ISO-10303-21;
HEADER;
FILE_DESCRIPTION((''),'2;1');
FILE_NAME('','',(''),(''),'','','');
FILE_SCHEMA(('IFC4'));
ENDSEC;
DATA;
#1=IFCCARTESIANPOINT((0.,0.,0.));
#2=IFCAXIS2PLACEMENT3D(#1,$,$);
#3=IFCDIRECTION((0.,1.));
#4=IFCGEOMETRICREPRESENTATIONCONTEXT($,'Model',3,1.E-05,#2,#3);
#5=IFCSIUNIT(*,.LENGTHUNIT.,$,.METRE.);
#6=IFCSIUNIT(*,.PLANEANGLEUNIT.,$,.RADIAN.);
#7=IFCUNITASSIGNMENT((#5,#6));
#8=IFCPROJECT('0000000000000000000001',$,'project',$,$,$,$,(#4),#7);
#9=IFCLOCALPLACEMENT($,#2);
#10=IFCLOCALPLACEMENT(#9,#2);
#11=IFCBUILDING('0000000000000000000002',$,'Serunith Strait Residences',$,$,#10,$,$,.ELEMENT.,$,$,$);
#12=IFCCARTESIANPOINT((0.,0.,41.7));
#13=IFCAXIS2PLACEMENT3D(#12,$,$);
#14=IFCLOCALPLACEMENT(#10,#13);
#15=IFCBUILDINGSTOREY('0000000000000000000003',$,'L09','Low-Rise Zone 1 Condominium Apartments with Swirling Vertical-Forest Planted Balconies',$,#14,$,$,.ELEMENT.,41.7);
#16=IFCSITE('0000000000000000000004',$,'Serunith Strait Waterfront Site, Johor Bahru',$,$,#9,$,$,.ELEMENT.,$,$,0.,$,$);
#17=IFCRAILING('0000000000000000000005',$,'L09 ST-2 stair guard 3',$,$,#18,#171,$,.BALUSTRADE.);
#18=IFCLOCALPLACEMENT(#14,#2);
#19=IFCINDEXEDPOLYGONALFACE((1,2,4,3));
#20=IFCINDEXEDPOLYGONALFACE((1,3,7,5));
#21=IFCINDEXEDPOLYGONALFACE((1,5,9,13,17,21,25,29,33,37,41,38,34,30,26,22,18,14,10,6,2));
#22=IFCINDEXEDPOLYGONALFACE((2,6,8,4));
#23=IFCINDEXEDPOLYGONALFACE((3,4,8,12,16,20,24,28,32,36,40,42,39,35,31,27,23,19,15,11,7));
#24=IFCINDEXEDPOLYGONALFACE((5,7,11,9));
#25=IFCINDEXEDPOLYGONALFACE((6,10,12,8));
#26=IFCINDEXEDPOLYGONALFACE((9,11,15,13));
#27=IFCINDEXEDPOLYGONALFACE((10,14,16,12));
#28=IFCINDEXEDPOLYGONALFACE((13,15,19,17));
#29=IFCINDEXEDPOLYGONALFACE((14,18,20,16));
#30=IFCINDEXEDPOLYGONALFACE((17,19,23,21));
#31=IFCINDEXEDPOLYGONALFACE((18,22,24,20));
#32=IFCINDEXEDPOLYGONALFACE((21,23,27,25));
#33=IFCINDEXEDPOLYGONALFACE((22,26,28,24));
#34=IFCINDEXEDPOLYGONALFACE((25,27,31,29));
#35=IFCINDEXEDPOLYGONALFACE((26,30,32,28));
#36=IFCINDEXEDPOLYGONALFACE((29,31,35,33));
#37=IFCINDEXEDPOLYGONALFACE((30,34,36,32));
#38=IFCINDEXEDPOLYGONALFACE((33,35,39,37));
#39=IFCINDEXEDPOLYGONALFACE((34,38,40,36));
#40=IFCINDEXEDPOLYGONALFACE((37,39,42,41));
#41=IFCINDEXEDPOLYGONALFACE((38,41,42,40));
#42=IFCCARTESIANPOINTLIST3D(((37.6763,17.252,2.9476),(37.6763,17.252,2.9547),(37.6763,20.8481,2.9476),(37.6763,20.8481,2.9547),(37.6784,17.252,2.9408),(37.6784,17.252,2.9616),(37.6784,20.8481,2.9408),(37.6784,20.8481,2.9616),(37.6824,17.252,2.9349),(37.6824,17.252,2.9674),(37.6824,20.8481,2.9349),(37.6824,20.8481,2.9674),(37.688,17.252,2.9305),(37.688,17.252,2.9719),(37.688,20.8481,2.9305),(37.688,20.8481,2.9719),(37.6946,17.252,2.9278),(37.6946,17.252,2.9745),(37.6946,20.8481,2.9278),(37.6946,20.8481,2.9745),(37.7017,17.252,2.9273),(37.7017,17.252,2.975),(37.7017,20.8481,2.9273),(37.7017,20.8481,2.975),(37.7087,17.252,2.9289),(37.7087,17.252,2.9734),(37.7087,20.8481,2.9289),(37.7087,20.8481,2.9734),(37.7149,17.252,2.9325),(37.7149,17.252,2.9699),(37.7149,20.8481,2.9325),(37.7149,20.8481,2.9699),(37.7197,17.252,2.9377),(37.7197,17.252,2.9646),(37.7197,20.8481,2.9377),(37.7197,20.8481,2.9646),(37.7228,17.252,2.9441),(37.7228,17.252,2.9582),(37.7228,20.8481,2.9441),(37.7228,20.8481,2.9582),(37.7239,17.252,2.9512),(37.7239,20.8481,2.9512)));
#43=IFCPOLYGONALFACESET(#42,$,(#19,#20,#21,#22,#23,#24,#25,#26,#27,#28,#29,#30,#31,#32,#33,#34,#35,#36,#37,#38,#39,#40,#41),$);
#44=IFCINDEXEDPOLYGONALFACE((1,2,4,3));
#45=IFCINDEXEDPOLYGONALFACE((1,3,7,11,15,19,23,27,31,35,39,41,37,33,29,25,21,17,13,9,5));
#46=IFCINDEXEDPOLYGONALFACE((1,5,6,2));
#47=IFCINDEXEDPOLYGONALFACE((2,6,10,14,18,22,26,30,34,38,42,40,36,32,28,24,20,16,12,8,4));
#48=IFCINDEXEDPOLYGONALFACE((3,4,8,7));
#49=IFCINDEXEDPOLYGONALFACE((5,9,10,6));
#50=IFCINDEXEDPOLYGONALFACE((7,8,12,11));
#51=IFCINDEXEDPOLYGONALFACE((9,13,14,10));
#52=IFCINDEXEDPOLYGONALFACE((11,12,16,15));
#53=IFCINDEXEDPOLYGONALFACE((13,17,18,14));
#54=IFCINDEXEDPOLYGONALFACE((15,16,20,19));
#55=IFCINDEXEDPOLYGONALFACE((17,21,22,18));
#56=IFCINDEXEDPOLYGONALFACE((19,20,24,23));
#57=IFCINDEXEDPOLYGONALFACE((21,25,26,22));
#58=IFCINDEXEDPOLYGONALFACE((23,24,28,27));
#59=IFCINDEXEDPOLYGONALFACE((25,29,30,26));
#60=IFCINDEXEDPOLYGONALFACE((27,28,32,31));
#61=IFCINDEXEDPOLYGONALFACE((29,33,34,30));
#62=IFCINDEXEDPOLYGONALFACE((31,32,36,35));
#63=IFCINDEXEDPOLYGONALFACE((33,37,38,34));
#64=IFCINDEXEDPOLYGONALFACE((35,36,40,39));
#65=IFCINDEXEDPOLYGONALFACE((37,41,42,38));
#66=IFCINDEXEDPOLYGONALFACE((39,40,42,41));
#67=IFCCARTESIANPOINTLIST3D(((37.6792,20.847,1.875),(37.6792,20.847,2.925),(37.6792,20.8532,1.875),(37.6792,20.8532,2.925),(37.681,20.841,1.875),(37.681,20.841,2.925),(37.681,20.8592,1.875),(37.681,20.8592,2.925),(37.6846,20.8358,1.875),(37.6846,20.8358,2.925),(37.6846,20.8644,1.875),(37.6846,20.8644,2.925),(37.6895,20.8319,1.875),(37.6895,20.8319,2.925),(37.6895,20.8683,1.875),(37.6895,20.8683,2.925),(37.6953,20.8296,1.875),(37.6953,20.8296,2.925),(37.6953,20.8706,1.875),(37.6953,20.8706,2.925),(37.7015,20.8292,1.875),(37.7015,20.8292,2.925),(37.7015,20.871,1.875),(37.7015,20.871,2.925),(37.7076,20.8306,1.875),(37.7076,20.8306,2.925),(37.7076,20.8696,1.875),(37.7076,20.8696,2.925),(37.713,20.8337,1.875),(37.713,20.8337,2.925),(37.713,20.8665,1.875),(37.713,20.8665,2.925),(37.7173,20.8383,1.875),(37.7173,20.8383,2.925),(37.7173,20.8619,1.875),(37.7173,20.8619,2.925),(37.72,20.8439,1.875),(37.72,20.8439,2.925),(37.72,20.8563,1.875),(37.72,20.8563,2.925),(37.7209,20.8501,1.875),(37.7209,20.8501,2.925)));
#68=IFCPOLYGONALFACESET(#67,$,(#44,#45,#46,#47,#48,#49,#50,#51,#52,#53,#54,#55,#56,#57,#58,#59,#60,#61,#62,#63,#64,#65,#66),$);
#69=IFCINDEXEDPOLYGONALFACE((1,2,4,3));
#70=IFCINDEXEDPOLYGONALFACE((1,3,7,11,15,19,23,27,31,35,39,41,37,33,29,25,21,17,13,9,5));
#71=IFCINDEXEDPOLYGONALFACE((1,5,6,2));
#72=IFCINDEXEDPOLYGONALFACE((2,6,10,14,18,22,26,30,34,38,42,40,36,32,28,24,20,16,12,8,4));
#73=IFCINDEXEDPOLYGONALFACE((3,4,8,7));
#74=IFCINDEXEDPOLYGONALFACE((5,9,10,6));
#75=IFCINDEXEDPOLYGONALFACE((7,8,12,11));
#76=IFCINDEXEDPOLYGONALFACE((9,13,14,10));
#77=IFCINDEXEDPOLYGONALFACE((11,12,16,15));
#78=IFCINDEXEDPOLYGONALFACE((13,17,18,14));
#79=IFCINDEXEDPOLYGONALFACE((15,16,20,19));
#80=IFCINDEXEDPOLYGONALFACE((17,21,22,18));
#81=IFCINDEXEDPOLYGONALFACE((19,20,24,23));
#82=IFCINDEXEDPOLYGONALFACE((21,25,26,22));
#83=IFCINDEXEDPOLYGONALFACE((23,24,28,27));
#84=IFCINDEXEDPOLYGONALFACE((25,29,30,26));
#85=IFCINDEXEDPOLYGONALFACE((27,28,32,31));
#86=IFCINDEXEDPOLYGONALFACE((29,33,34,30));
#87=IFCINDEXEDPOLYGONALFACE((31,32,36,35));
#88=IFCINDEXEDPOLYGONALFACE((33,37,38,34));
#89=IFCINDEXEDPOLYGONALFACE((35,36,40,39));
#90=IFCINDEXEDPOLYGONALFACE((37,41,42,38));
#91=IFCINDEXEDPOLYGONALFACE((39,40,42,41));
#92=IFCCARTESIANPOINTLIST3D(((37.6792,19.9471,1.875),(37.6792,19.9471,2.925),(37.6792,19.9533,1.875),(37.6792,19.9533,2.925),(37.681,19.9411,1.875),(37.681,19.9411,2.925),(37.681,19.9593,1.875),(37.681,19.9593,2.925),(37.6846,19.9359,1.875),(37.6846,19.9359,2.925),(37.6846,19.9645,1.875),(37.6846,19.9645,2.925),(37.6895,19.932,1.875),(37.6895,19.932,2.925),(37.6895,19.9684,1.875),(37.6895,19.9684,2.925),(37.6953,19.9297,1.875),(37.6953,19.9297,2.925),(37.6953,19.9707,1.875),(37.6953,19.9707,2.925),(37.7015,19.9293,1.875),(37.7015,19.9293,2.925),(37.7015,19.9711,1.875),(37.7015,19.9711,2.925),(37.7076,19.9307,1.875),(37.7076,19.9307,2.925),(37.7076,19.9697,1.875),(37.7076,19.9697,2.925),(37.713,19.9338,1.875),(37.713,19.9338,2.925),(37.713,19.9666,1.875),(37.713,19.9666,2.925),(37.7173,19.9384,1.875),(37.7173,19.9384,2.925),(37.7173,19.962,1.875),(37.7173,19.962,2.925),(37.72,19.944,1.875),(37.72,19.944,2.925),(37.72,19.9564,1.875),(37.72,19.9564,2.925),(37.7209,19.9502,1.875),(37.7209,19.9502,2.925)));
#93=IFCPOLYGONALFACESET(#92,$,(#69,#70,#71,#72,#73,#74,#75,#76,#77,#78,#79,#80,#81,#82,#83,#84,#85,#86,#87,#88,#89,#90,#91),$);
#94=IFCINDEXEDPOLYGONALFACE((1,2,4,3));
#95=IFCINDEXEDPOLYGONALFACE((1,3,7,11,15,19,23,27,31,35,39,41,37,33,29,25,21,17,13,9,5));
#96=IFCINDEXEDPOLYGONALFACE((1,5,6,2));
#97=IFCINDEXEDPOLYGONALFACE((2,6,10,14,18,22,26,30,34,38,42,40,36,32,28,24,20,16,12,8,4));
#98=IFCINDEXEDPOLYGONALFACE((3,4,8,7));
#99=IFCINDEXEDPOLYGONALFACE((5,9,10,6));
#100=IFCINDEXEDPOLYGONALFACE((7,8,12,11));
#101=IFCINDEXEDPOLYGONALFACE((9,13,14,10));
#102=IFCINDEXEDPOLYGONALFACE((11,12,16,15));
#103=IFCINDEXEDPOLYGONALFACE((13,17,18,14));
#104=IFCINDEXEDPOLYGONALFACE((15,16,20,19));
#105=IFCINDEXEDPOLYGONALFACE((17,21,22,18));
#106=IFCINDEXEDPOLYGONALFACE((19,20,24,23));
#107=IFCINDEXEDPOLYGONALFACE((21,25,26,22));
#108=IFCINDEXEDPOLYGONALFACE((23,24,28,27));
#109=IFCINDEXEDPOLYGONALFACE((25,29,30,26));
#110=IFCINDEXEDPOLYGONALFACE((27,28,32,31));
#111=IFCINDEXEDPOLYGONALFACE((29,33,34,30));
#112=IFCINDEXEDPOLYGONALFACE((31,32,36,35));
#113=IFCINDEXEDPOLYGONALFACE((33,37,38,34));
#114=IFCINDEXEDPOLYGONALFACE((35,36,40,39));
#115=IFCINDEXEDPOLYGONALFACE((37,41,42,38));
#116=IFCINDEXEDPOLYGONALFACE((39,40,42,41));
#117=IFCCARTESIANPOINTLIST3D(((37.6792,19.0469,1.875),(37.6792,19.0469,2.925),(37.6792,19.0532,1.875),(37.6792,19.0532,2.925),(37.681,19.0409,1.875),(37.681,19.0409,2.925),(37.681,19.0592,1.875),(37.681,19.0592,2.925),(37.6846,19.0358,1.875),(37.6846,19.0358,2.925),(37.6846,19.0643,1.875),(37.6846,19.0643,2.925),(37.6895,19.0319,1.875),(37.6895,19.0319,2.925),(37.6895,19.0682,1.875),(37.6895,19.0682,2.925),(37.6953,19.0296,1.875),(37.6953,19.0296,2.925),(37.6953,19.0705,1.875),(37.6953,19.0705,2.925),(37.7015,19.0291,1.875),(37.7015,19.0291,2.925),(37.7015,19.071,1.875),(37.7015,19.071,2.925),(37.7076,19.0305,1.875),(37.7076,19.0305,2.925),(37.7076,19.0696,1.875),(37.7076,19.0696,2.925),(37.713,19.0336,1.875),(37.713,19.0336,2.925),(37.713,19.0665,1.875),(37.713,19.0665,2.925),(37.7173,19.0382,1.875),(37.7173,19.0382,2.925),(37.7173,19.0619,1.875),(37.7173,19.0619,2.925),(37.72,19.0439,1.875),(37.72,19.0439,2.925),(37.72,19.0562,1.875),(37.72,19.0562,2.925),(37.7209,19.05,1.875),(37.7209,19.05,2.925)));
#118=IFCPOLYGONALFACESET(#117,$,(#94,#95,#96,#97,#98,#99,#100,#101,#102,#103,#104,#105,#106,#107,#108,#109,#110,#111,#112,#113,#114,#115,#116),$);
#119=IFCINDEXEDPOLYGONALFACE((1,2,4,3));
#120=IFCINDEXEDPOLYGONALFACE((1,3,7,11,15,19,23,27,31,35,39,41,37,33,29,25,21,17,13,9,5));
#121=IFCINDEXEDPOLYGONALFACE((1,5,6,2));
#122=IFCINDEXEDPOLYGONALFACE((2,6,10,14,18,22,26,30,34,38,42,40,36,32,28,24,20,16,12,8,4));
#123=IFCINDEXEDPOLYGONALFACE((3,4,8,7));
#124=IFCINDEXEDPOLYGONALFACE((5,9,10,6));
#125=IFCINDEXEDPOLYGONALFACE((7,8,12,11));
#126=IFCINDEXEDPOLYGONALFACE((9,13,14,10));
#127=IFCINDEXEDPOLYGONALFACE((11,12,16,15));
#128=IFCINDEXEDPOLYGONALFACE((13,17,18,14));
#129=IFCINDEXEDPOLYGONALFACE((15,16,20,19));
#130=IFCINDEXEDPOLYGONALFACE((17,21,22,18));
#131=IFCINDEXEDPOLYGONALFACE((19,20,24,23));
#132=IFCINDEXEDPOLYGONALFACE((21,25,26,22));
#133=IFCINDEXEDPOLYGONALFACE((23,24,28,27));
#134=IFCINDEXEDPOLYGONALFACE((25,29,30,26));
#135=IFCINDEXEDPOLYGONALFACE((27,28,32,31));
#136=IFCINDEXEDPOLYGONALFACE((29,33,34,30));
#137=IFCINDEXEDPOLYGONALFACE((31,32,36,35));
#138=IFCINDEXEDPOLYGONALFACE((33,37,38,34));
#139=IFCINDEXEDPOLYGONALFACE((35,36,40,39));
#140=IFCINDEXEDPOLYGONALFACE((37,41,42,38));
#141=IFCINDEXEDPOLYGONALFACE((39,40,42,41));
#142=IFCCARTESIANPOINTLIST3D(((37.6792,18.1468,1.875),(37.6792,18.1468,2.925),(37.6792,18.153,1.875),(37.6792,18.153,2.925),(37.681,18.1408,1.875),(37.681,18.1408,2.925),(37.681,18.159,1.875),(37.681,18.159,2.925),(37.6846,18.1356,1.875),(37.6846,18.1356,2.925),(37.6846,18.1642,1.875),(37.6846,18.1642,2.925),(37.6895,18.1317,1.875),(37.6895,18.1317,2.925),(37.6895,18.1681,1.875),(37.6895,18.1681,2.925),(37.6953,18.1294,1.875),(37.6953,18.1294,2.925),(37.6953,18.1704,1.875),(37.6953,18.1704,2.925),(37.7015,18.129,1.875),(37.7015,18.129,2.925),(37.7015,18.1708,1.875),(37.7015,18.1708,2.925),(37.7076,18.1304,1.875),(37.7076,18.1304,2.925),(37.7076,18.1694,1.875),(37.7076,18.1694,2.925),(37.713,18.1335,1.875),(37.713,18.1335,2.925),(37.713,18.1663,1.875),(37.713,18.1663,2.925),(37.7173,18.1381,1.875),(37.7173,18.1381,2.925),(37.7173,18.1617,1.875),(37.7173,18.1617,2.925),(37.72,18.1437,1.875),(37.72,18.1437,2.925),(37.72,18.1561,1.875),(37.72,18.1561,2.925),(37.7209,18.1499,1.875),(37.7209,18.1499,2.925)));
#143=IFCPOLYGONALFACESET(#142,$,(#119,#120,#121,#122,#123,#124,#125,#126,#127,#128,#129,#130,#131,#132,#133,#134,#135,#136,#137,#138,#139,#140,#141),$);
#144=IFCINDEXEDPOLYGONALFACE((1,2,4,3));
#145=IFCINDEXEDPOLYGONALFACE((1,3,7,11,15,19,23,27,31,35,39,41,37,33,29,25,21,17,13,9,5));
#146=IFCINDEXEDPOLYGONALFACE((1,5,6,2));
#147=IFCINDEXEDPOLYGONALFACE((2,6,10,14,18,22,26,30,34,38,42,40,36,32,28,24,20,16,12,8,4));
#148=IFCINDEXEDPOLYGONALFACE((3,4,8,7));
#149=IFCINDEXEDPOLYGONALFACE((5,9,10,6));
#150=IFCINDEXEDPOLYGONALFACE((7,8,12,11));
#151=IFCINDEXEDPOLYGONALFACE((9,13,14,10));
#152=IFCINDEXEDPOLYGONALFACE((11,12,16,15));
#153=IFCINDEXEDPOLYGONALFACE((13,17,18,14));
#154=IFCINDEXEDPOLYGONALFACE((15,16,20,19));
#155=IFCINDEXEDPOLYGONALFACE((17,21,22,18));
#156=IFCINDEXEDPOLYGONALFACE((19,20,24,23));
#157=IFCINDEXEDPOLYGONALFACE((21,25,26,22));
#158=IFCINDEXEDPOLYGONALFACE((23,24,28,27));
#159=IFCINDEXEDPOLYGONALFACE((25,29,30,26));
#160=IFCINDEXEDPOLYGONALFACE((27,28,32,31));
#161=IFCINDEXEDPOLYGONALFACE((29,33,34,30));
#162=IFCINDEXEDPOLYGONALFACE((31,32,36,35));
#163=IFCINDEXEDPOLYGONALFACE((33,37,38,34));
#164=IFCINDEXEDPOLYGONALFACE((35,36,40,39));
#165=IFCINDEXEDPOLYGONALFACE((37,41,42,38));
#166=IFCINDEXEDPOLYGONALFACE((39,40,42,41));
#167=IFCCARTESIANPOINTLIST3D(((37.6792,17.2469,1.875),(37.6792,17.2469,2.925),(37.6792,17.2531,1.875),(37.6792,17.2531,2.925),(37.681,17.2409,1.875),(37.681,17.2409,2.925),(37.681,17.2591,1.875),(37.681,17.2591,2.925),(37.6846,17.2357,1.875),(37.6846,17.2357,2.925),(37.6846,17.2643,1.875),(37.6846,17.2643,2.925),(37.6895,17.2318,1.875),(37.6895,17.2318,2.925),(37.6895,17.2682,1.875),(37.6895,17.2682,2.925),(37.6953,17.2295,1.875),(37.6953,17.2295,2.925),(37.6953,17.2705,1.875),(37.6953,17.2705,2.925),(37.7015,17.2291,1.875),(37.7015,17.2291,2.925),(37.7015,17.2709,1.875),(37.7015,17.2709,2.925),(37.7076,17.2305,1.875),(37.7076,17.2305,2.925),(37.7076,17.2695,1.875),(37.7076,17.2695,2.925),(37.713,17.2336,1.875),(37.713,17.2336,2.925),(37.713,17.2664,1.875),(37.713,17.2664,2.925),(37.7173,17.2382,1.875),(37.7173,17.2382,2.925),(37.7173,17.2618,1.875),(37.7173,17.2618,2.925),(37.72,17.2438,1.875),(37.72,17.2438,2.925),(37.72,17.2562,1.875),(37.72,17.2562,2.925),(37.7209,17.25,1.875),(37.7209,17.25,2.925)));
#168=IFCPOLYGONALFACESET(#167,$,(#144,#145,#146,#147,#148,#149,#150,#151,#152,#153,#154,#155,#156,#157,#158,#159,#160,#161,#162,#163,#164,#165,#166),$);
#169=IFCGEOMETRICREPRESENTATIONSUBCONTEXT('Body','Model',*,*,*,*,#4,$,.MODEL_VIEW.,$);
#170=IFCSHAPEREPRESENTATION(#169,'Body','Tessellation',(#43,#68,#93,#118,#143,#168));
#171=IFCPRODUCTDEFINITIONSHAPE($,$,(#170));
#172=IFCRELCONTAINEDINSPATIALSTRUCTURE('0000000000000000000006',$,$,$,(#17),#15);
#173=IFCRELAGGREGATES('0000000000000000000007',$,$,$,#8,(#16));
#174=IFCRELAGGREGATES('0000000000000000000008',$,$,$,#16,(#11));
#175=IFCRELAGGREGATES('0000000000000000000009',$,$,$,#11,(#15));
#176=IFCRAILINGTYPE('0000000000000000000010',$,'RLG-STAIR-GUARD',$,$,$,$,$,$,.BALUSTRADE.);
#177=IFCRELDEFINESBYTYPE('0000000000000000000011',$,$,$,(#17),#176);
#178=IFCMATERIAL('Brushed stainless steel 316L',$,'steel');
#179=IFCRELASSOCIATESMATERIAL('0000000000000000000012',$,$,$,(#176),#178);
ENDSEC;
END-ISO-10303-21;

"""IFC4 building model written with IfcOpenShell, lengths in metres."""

from ifc_helpers import new_model, si_unit, direction, frame, origin, origin_2d, place, context, subcontext, project, spatial, circle, extrude, material, type_object, element, save


model = new_model("IFC4")

# Units and contexts
model_context = context("Model", 3, precision=1e-05, world=origin(), true_north=direction((0.0, 1.0)))
body_context = subcontext(model_context, "Body", "Model", "MODEL_VIEW")
ifc_project = project(units=[si_unit("LENGTHUNIT", "METRE"), si_unit("PLANEANGLEUNIT", "RADIAN")], contexts=[model_context])

# Site, building, storey
site_placement = place(None, origin())
site = spatial("IfcSite", under=ifc_project, at=site_placement, Name="Serunith Strait Waterfront Site, Johor Bahru", CompositionType="ELEMENT", RefElevation=0.0)
building_placement = place(site_placement, origin())
building = spatial("IfcBuilding", under=site, at=building_placement, Name="Serunith Strait Residences", CompositionType="ELEMENT")
storey_placement = place(building_placement, frame((0.0, 0.0, 41.7)))
storey = spatial("IfcBuildingStorey", under=building, at=storey_placement, Name="L09", Description="Low-Rise Zone 1 Condominium Apartments with Swirling Vertical-Forest Planted Balconies", CompositionType="ELEMENT", Elevation=41.7)

# Railing
ifc_material_1 = material(Name="Brushed stainless steel 316L", Category="steel")
railing_type_1 = type_object("IfcRailingType", Name="RLG-STAIR-GUARD", PredefinedType="BALUSTRADE", material=ifc_material_1)
for number, where, name in (
    (1, (37.7, 20.8501, 1.875), "L09 ST-2 stair guard 3"),
):
    element("IfcRailing", number, at=place(storey_placement, frame(where)), inside=storey, type_object=railing_type_1, Name=name, PredefinedType="BALUSTRADE", context=body_context, shape_type="SweptSolid", body=[
        extrude(circle(Radius=0.0239, at=origin_2d()), frame((0.0, -0.002, 1.0762), z_axis=(0.0, -1.0, 0.0), x_axis=(1.0, 0.0, 0.0)), (0.0, 0.0, 1.0), 3.5962),
        extrude(circle(Radius=0.021, at=origin_2d()), origin(), (0.0, 0.0, 1.0), 1.05),
        extrude(circle(Radius=0.021, at=origin_2d()), frame((0.0, -0.8999, 0.0)), (0.0, 0.0, 1.0), 1.05),
        extrude(circle(Radius=0.021, at=origin_2d()), frame((0.0, -1.8, 0.0)), (0.0, 0.0, 1.0), 1.05),
        extrude(circle(Radius=0.021, at=origin_2d()), frame((0.0, -2.7002, 0.0)), (0.0, 0.0, 1.0), 1.05),
        extrude(circle(Radius=0.021, at=origin_2d()), frame((0.0, -3.6001, 0.0)), (0.0, 0.0, 1.0), 1.05),
    ])

save(model, "model.ifc")
